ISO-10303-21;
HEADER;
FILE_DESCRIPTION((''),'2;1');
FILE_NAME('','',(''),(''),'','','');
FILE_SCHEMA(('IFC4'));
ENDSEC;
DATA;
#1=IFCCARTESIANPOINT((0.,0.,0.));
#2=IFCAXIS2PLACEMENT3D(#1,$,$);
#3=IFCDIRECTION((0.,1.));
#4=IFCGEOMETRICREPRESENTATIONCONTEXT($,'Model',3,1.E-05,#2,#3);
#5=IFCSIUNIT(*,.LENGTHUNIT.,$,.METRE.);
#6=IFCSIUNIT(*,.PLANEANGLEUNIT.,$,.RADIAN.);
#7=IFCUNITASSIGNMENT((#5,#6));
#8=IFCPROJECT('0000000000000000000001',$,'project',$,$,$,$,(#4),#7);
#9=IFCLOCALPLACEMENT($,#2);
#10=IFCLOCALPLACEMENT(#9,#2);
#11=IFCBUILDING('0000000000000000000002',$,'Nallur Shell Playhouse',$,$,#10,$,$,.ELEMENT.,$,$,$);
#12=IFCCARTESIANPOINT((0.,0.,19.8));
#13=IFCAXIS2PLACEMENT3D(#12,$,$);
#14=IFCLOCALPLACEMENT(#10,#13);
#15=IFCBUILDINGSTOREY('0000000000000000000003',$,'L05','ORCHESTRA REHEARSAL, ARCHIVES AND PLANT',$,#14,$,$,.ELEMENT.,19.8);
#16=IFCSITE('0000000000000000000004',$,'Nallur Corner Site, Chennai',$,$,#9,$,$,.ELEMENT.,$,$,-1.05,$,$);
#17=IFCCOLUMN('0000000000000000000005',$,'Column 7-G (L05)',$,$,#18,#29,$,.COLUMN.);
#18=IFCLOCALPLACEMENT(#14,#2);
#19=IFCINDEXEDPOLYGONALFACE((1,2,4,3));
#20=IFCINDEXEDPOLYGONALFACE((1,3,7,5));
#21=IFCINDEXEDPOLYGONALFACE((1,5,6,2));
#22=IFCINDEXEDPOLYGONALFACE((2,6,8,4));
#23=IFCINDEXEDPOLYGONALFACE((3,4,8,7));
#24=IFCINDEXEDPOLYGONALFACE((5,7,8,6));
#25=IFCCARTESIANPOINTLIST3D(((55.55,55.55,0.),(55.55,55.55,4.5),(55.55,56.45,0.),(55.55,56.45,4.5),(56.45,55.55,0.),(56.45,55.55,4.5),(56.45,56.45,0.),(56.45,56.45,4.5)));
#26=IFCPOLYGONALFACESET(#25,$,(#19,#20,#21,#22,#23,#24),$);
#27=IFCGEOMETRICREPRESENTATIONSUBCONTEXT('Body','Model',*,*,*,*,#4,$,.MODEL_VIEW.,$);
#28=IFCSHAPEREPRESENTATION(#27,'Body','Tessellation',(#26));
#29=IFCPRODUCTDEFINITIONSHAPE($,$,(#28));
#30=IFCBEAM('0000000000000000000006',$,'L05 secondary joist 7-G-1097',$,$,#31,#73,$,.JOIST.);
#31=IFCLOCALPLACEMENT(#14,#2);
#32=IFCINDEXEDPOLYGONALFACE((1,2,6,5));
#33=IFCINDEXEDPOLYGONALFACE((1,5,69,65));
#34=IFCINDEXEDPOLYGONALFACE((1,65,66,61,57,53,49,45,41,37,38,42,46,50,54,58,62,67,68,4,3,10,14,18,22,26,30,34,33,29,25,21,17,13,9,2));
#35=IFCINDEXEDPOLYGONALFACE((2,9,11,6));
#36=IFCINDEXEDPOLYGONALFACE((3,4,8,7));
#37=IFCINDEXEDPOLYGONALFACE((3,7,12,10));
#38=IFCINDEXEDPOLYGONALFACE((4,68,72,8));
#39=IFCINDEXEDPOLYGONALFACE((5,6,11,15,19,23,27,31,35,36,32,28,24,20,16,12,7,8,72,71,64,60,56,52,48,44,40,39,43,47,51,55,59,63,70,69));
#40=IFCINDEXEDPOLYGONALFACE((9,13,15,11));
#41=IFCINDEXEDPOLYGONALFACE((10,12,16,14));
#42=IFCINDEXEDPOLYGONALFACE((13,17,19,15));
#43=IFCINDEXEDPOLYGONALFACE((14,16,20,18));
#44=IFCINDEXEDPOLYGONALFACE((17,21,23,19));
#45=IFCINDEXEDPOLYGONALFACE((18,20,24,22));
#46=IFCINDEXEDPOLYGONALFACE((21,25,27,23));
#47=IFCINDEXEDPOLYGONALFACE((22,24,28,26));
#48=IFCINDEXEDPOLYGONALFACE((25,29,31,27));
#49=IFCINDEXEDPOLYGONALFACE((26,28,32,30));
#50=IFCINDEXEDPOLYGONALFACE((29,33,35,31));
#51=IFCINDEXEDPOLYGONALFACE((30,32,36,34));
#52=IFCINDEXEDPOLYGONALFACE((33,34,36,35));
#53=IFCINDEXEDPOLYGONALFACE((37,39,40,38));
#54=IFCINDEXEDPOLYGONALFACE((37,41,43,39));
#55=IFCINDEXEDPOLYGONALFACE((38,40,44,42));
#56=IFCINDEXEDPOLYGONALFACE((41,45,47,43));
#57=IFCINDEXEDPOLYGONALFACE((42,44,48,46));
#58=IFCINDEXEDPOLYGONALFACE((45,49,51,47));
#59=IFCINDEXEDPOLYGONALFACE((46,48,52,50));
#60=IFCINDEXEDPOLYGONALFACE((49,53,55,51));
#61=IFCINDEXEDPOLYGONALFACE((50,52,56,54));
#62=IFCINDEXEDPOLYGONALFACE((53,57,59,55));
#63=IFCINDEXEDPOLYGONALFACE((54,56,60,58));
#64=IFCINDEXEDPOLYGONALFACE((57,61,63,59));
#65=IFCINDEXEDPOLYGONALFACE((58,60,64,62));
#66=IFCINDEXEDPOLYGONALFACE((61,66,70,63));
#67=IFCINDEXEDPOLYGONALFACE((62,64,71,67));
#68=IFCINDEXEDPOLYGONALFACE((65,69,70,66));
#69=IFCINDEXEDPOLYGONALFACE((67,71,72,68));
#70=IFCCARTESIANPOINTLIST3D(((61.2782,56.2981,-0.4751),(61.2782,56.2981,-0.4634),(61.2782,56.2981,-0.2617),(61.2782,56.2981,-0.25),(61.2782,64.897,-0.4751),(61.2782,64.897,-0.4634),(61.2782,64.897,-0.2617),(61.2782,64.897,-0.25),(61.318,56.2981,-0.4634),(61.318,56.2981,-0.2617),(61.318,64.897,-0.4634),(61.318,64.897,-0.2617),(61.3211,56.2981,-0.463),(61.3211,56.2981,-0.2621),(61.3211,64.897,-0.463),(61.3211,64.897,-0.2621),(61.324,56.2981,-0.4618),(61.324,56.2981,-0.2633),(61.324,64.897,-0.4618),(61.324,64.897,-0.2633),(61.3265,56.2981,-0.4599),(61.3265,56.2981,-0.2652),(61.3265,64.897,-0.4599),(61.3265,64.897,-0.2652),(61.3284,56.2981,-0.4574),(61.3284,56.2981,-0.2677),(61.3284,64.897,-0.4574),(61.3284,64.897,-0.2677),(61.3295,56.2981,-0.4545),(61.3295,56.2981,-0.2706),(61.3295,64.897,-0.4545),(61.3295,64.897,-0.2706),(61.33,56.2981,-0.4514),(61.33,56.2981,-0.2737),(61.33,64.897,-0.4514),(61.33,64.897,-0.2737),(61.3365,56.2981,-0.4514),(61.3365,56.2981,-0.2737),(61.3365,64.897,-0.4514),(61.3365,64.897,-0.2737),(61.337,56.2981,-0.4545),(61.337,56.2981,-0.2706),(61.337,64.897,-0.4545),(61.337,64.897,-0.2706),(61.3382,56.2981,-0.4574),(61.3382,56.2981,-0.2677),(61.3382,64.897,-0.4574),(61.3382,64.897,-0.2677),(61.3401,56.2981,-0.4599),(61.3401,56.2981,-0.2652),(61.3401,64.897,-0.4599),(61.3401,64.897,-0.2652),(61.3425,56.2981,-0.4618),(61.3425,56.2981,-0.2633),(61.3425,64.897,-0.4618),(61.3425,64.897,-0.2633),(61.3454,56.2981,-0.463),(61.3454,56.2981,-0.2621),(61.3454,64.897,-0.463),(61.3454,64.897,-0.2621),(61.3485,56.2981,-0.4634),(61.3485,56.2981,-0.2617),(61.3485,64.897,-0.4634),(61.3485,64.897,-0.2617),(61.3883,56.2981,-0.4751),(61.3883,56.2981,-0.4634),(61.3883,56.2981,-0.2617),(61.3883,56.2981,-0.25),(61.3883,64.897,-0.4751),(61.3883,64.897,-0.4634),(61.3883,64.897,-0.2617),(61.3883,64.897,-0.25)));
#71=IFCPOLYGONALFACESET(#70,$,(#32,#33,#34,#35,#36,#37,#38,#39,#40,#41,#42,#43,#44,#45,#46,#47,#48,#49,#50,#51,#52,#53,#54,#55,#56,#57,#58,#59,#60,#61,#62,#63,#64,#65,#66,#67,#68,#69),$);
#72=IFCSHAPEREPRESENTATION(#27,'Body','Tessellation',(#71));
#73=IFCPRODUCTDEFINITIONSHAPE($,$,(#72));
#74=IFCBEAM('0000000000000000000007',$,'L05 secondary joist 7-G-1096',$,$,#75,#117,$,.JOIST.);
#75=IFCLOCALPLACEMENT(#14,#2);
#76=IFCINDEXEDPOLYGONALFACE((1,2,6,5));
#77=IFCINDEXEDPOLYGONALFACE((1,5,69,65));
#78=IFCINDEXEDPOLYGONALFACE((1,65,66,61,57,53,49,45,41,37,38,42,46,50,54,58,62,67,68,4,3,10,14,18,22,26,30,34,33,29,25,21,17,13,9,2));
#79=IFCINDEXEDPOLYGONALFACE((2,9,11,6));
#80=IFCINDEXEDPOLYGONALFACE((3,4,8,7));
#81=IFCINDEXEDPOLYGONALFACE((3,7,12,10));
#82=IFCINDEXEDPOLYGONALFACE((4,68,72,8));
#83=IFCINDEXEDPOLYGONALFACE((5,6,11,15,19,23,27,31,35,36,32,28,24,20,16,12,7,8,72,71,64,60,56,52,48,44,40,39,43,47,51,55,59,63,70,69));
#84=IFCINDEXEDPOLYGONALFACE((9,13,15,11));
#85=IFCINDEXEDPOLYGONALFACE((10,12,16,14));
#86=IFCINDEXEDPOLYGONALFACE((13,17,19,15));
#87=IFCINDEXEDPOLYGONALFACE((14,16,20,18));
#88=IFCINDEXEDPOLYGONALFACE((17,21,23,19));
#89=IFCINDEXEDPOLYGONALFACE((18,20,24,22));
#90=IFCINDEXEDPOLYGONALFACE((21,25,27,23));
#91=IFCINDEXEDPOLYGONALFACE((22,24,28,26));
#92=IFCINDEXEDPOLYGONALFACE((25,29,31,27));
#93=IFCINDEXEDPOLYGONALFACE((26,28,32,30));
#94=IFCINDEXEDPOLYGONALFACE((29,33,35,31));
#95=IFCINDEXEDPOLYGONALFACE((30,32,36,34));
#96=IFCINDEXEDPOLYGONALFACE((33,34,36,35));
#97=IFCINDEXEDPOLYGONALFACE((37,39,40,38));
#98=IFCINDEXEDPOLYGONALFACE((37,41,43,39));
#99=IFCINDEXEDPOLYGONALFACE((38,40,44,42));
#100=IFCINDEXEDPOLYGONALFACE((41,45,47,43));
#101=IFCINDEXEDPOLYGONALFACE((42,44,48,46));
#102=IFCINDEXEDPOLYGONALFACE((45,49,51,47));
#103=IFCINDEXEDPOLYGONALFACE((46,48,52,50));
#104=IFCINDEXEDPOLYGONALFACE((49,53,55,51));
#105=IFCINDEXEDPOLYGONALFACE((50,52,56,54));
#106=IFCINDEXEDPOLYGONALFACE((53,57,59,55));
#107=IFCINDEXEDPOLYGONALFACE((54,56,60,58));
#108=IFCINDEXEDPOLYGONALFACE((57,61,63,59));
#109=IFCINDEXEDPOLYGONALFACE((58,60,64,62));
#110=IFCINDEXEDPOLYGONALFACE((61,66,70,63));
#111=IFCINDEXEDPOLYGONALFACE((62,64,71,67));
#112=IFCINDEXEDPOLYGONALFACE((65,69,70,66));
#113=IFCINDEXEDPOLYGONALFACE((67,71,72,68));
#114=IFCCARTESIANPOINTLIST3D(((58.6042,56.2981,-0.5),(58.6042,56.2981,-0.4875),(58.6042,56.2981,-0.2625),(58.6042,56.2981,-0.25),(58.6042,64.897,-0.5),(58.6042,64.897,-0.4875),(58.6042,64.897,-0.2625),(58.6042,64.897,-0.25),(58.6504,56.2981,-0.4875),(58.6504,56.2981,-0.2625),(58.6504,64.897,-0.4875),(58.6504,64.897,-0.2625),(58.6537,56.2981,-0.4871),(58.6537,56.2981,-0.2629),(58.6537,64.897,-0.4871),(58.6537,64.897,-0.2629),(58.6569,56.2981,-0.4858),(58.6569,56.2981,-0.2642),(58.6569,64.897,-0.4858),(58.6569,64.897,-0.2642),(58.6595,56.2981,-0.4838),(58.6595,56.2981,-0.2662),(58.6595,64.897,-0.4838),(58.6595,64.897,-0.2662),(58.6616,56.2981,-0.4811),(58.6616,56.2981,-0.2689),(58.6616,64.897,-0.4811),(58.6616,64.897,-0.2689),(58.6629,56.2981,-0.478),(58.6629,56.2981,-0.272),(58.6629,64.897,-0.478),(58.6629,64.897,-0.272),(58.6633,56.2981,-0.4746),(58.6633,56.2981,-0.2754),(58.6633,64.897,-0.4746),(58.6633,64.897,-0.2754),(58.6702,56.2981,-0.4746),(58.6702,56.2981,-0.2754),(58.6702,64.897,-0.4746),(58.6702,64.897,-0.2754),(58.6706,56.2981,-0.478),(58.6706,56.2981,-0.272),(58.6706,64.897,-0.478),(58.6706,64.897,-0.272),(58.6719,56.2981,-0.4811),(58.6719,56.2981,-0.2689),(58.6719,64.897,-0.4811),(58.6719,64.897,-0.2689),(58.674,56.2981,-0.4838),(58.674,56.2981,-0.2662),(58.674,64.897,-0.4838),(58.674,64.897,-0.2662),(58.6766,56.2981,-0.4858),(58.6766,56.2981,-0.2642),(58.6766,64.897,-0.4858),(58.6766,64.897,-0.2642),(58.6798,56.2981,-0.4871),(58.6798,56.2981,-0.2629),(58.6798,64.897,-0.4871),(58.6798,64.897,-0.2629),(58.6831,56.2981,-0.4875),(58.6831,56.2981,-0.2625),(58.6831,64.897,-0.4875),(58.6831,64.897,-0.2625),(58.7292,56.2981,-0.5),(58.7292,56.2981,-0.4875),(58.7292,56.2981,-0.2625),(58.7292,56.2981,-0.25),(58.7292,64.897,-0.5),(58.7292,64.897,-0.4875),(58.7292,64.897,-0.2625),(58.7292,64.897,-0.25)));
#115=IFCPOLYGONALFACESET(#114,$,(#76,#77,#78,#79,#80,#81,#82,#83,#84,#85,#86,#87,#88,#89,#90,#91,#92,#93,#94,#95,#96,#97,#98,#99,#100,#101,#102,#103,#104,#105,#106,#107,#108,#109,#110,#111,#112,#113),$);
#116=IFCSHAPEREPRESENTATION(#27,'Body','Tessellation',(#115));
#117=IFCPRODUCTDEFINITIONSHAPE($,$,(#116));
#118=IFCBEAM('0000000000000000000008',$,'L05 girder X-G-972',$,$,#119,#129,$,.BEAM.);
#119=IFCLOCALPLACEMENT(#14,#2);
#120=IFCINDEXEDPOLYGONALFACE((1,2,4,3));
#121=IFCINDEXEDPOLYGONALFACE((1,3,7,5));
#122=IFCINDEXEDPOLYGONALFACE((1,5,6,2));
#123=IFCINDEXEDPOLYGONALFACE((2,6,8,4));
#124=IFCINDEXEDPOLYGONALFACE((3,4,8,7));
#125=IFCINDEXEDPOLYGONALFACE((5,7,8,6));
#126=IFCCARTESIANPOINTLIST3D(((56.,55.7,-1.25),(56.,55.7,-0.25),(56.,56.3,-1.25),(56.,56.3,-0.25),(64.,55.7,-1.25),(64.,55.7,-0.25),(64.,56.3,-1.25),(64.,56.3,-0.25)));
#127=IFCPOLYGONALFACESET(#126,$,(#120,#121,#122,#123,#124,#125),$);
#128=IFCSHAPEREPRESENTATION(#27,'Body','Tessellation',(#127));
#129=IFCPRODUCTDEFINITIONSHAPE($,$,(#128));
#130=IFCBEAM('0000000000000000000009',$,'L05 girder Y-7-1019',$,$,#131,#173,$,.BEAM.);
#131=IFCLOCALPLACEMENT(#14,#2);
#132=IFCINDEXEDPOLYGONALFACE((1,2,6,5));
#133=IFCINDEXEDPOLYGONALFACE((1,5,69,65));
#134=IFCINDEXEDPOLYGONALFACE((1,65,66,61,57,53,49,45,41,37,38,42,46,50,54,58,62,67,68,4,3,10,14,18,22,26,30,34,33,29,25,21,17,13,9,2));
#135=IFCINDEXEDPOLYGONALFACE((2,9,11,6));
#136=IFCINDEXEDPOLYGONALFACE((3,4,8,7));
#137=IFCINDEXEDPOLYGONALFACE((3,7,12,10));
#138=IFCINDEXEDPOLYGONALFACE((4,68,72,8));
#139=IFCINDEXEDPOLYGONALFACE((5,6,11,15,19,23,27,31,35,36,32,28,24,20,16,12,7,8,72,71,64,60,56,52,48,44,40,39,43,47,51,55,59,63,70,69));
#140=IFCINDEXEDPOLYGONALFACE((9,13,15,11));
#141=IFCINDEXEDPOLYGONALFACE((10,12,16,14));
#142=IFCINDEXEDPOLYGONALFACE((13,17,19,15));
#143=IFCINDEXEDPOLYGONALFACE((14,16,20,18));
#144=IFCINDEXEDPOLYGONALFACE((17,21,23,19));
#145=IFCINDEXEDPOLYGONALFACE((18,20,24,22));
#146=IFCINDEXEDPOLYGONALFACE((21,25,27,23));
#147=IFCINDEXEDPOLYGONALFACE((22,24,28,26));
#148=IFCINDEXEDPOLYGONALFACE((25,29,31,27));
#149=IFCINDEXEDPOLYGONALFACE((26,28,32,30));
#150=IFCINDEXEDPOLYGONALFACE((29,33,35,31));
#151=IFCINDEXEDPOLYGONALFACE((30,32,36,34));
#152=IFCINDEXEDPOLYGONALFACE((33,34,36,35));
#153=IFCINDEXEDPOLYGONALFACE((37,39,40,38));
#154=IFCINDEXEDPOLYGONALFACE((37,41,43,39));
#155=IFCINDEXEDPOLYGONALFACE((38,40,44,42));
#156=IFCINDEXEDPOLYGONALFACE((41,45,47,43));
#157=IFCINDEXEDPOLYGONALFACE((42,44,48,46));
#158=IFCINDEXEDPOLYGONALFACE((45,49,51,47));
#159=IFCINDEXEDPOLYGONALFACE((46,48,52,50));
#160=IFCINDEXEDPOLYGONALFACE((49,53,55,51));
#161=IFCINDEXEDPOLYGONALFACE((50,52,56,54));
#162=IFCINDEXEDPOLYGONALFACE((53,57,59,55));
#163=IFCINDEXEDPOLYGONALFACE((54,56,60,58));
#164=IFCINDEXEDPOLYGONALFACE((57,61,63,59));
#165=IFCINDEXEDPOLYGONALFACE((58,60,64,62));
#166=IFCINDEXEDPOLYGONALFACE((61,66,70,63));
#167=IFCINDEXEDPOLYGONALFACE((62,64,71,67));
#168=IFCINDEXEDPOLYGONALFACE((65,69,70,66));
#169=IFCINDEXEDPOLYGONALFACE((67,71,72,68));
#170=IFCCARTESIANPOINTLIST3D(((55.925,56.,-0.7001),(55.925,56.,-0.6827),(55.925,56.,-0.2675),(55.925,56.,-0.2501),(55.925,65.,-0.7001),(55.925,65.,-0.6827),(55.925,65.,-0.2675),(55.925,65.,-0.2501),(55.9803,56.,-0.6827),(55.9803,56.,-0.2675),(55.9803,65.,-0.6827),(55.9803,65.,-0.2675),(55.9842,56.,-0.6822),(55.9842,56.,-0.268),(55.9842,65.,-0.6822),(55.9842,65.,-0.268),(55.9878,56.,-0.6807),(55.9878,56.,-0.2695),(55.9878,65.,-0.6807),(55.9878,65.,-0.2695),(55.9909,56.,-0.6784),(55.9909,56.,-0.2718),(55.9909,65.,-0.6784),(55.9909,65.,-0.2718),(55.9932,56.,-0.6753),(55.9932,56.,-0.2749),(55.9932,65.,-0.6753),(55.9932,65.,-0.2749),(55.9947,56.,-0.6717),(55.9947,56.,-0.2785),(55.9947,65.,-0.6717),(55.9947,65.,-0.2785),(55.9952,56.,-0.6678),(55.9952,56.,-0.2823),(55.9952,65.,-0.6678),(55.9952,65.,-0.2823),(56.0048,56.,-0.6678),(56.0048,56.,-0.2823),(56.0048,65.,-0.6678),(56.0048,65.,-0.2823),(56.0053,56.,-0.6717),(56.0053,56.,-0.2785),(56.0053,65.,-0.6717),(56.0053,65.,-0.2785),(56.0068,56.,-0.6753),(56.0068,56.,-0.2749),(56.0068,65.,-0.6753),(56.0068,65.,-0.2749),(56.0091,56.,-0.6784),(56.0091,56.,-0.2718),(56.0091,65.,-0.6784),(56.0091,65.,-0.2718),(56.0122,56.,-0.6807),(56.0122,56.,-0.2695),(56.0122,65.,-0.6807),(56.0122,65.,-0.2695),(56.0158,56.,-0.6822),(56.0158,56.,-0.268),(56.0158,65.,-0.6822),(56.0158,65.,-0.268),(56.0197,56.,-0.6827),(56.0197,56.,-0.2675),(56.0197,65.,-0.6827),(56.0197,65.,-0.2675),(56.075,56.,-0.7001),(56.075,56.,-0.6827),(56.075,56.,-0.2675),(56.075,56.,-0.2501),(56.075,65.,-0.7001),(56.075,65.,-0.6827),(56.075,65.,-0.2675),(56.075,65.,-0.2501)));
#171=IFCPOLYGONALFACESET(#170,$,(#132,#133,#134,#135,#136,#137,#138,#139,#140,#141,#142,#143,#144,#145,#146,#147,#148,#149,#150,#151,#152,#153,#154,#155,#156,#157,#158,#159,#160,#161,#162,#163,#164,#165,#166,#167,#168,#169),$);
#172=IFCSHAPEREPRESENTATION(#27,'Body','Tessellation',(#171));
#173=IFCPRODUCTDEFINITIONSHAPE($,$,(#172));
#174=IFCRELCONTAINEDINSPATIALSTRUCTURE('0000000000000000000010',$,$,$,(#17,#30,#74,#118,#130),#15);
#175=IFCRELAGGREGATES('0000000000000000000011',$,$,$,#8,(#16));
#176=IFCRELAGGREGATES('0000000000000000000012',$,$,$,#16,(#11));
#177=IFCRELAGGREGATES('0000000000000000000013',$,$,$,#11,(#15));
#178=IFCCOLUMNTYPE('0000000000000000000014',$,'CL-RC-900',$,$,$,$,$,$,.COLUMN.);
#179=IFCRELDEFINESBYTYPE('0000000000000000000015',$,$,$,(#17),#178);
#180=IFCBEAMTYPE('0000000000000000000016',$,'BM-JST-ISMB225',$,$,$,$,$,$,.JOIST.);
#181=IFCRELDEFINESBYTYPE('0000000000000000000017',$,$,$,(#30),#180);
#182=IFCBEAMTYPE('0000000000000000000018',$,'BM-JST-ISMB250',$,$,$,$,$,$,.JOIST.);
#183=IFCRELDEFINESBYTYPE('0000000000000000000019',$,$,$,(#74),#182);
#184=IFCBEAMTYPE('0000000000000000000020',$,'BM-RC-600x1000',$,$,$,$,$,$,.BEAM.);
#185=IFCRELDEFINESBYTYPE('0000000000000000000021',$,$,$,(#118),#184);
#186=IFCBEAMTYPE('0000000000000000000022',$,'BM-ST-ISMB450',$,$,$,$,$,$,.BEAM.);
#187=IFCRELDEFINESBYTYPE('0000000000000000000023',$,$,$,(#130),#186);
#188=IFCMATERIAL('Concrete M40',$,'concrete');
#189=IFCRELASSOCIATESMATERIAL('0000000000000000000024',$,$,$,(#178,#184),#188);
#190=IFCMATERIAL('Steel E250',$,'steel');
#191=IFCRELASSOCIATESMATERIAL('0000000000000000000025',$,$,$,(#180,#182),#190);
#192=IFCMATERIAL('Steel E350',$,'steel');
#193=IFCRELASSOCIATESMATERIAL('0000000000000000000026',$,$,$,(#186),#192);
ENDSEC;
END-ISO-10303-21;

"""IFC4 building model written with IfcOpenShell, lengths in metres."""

from ifc_helpers import new_model, si_unit, direction, frame, origin, origin_2d, place, context, subcontext, project, spatial, rectangle, i_section, extrude, material, material_profile, profile_set, type_object, element, save


model = new_model("IFC4")

# Units and contexts
model_context = context("Model", 3, precision=1e-05, world=origin(), true_north=direction((0.0, 1.0)))
body_context = subcontext(model_context, "Body", "Model", "MODEL_VIEW")
ifc_project = project(units=[si_unit("LENGTHUNIT", "METRE"), si_unit("PLANEANGLEUNIT", "RADIAN")], contexts=[model_context])

# Site, building, storey
site_placement = place(None, origin())
site = spatial("IfcSite", under=ifc_project, at=site_placement, Name="Nallur Corner Site, Chennai", CompositionType="ELEMENT", RefElevation=-1.05)
building_placement = place(site_placement, origin())
building = spatial("IfcBuilding", under=site, at=building_placement, Name="Nallur Shell Playhouse", CompositionType="ELEMENT")
storey_placement = place(building_placement, frame((0.0, 0.0, 19.8)))
storey = spatial("IfcBuildingStorey", under=building, at=storey_placement, Name="L05", Description="ORCHESTRA REHEARSAL, ARCHIVES AND PLANT", CompositionType="ELEMENT", Elevation=19.8)

# Column
ifc_material_1 = material(Name="Concrete M40", Category="concrete")
ifc_material_profile_1 = material_profile(ifc_material_1, rectangle(XDim=0.8999, YDim=0.8999, at=origin_2d()), Name="RC 900x900")
ifc_profile_set_1 = profile_set([ifc_material_profile_1], Name="Concrete M40")
column_type = type_object("IfcColumnType", Name="CL-RC-900", PredefinedType="COLUMN", material=ifc_profile_set_1)
column_placement = place(storey_placement, frame((56.0, 56.0, 0.0), z_axis=(0.0, 0.0, 1.0), x_axis=(1.0, 0.0, 0.0)))
element("IfcColumn", 1, at=column_placement, inside=storey, type_object=column_type, Name="Column 7-G (L05)", PredefinedType="COLUMN", context=body_context, shape_type="SweptSolid", body=[
    extrude(rectangle(XDim=0.8999, YDim=0.8999, at=origin_2d()), origin(), (0.0, 0.0, 1.0), 4.5),
])

# Beams
ifc_material_2 = material(Name="Steel E250", Category="steel")
ifc_material_profile_2 = material_profile(ifc_material_2, i_section(OverallWidth=0.1101, OverallDepth=0.2251, WebThickness=0.0066, FlangeThickness=0.0117, FilletRadius=0.012, at=origin_2d()), Name="ISMB 225")
ifc_profile_set_2 = profile_set([ifc_material_profile_2], Name="Steel E250")
beam_type_1 = type_object("IfcBeamType", Name="BM-JST-ISMB225", PredefinedType="JOIST", material=ifc_profile_set_2)
beam_1_placement = place(storey_placement, frame((61.3333, 56.2981, -0.3625), z_axis=(0.0, 1.0, 0.0), x_axis=(-1.0, 0.0, 0.0)))
element("IfcBeam", 2, at=beam_1_placement, inside=storey, type_object=beam_type_1, Name="L05 secondary joist 7-G-1097", PredefinedType="JOIST", context=body_context, shape_type="SweptSolid", body=[
    extrude(i_section(OverallWidth=0.1101, OverallDepth=0.2251, WebThickness=0.0066, FlangeThickness=0.0117, FilletRadius=0.012, at=origin_2d()), origin(), (0.0, 0.0, 1.0), 8.5989),
])
ifc_material_profile_3 = material_profile(ifc_material_2, i_section(OverallWidth=0.125, OverallDepth=0.25, WebThickness=0.0068, FlangeThickness=0.0125, FilletRadius=0.0129, at=origin_2d()), Name="ISMB 250")
ifc_profile_set_3 = profile_set([ifc_material_profile_3], Name="Steel E250")
beam_type_2 = type_object("IfcBeamType", Name="BM-JST-ISMB250", PredefinedType="JOIST", material=ifc_profile_set_3)
beam_2_placement = place(storey_placement, frame((58.6667, 56.2981, -0.375), z_axis=(0.0, 1.0, 0.0), x_axis=(-1.0, 0.0, 0.0)))
element("IfcBeam", 3, at=beam_2_placement, inside=storey, type_object=beam_type_2, Name="L05 secondary joist 7-G-1096", PredefinedType="JOIST", context=body_context, shape_type="SweptSolid", body=[
    extrude(i_section(OverallWidth=0.125, OverallDepth=0.25, WebThickness=0.0068, FlangeThickness=0.0125, FilletRadius=0.0129, at=origin_2d()), origin(), (0.0, 0.0, 1.0), 8.5989),
])
ifc_material_profile_4 = material_profile(ifc_material_1, rectangle(XDim=0.6001, YDim=1.0, at=origin_2d()), Name="RC 600x1000")
ifc_profile_set_4 = profile_set([ifc_material_profile_4], Name="Concrete M40")
beam_type_3 = type_object("IfcBeamType", Name="BM-RC-600x1000", PredefinedType="BEAM", material=ifc_profile_set_4)
beam_3_placement = place(storey_placement, frame((56.0, 56.0, -0.75), z_axis=(1.0, 0.0, 0.0), x_axis=(0.0, 1.0, 0.0)))
element("IfcBeam", 4, at=beam_3_placement, inside=storey, type_object=beam_type_3, Name="L05 girder X-G-972", PredefinedType="BEAM", context=body_context, shape_type="SweptSolid", body=[
    extrude(rectangle(XDim=0.6001, YDim=1.0, at=origin_2d()), origin(), (0.0, 0.0, 1.0), 8.0),
])
ifc_material_3 = material(Name="Steel E350", Category="steel")
ifc_material_profile_5 = material_profile(ifc_material_3, i_section(OverallWidth=0.1499, OverallDepth=0.45, WebThickness=0.0095, FlangeThickness=0.0173, FilletRadius=0.0149, at=origin_2d()), Name="ISMB 450")
ifc_profile_set_5 = profile_set([ifc_material_profile_5], Name="Steel E350")
beam_type_4 = type_object("IfcBeamType", Name="BM-ST-ISMB450", PredefinedType="BEAM", material=ifc_profile_set_5)
beam_4_placement = place(storey_placement, frame((56.0, 56.0, -0.4751), z_axis=(0.0, 1.0, 0.0), x_axis=(-1.0, 0.0, 0.0)))
element("IfcBeam", 5, at=beam_4_placement, inside=storey, type_object=beam_type_4, Name="L05 girder Y-7-1019", PredefinedType="BEAM", context=body_context, shape_type="SweptSolid", body=[
    extrude(i_section(OverallWidth=0.1499, OverallDepth=0.45, WebThickness=0.0095, FlangeThickness=0.0173, FilletRadius=0.0149, at=origin_2d()), origin(), (0.0, 0.0, 1.0), 9.0),
])

save(model, "model.ifc")
